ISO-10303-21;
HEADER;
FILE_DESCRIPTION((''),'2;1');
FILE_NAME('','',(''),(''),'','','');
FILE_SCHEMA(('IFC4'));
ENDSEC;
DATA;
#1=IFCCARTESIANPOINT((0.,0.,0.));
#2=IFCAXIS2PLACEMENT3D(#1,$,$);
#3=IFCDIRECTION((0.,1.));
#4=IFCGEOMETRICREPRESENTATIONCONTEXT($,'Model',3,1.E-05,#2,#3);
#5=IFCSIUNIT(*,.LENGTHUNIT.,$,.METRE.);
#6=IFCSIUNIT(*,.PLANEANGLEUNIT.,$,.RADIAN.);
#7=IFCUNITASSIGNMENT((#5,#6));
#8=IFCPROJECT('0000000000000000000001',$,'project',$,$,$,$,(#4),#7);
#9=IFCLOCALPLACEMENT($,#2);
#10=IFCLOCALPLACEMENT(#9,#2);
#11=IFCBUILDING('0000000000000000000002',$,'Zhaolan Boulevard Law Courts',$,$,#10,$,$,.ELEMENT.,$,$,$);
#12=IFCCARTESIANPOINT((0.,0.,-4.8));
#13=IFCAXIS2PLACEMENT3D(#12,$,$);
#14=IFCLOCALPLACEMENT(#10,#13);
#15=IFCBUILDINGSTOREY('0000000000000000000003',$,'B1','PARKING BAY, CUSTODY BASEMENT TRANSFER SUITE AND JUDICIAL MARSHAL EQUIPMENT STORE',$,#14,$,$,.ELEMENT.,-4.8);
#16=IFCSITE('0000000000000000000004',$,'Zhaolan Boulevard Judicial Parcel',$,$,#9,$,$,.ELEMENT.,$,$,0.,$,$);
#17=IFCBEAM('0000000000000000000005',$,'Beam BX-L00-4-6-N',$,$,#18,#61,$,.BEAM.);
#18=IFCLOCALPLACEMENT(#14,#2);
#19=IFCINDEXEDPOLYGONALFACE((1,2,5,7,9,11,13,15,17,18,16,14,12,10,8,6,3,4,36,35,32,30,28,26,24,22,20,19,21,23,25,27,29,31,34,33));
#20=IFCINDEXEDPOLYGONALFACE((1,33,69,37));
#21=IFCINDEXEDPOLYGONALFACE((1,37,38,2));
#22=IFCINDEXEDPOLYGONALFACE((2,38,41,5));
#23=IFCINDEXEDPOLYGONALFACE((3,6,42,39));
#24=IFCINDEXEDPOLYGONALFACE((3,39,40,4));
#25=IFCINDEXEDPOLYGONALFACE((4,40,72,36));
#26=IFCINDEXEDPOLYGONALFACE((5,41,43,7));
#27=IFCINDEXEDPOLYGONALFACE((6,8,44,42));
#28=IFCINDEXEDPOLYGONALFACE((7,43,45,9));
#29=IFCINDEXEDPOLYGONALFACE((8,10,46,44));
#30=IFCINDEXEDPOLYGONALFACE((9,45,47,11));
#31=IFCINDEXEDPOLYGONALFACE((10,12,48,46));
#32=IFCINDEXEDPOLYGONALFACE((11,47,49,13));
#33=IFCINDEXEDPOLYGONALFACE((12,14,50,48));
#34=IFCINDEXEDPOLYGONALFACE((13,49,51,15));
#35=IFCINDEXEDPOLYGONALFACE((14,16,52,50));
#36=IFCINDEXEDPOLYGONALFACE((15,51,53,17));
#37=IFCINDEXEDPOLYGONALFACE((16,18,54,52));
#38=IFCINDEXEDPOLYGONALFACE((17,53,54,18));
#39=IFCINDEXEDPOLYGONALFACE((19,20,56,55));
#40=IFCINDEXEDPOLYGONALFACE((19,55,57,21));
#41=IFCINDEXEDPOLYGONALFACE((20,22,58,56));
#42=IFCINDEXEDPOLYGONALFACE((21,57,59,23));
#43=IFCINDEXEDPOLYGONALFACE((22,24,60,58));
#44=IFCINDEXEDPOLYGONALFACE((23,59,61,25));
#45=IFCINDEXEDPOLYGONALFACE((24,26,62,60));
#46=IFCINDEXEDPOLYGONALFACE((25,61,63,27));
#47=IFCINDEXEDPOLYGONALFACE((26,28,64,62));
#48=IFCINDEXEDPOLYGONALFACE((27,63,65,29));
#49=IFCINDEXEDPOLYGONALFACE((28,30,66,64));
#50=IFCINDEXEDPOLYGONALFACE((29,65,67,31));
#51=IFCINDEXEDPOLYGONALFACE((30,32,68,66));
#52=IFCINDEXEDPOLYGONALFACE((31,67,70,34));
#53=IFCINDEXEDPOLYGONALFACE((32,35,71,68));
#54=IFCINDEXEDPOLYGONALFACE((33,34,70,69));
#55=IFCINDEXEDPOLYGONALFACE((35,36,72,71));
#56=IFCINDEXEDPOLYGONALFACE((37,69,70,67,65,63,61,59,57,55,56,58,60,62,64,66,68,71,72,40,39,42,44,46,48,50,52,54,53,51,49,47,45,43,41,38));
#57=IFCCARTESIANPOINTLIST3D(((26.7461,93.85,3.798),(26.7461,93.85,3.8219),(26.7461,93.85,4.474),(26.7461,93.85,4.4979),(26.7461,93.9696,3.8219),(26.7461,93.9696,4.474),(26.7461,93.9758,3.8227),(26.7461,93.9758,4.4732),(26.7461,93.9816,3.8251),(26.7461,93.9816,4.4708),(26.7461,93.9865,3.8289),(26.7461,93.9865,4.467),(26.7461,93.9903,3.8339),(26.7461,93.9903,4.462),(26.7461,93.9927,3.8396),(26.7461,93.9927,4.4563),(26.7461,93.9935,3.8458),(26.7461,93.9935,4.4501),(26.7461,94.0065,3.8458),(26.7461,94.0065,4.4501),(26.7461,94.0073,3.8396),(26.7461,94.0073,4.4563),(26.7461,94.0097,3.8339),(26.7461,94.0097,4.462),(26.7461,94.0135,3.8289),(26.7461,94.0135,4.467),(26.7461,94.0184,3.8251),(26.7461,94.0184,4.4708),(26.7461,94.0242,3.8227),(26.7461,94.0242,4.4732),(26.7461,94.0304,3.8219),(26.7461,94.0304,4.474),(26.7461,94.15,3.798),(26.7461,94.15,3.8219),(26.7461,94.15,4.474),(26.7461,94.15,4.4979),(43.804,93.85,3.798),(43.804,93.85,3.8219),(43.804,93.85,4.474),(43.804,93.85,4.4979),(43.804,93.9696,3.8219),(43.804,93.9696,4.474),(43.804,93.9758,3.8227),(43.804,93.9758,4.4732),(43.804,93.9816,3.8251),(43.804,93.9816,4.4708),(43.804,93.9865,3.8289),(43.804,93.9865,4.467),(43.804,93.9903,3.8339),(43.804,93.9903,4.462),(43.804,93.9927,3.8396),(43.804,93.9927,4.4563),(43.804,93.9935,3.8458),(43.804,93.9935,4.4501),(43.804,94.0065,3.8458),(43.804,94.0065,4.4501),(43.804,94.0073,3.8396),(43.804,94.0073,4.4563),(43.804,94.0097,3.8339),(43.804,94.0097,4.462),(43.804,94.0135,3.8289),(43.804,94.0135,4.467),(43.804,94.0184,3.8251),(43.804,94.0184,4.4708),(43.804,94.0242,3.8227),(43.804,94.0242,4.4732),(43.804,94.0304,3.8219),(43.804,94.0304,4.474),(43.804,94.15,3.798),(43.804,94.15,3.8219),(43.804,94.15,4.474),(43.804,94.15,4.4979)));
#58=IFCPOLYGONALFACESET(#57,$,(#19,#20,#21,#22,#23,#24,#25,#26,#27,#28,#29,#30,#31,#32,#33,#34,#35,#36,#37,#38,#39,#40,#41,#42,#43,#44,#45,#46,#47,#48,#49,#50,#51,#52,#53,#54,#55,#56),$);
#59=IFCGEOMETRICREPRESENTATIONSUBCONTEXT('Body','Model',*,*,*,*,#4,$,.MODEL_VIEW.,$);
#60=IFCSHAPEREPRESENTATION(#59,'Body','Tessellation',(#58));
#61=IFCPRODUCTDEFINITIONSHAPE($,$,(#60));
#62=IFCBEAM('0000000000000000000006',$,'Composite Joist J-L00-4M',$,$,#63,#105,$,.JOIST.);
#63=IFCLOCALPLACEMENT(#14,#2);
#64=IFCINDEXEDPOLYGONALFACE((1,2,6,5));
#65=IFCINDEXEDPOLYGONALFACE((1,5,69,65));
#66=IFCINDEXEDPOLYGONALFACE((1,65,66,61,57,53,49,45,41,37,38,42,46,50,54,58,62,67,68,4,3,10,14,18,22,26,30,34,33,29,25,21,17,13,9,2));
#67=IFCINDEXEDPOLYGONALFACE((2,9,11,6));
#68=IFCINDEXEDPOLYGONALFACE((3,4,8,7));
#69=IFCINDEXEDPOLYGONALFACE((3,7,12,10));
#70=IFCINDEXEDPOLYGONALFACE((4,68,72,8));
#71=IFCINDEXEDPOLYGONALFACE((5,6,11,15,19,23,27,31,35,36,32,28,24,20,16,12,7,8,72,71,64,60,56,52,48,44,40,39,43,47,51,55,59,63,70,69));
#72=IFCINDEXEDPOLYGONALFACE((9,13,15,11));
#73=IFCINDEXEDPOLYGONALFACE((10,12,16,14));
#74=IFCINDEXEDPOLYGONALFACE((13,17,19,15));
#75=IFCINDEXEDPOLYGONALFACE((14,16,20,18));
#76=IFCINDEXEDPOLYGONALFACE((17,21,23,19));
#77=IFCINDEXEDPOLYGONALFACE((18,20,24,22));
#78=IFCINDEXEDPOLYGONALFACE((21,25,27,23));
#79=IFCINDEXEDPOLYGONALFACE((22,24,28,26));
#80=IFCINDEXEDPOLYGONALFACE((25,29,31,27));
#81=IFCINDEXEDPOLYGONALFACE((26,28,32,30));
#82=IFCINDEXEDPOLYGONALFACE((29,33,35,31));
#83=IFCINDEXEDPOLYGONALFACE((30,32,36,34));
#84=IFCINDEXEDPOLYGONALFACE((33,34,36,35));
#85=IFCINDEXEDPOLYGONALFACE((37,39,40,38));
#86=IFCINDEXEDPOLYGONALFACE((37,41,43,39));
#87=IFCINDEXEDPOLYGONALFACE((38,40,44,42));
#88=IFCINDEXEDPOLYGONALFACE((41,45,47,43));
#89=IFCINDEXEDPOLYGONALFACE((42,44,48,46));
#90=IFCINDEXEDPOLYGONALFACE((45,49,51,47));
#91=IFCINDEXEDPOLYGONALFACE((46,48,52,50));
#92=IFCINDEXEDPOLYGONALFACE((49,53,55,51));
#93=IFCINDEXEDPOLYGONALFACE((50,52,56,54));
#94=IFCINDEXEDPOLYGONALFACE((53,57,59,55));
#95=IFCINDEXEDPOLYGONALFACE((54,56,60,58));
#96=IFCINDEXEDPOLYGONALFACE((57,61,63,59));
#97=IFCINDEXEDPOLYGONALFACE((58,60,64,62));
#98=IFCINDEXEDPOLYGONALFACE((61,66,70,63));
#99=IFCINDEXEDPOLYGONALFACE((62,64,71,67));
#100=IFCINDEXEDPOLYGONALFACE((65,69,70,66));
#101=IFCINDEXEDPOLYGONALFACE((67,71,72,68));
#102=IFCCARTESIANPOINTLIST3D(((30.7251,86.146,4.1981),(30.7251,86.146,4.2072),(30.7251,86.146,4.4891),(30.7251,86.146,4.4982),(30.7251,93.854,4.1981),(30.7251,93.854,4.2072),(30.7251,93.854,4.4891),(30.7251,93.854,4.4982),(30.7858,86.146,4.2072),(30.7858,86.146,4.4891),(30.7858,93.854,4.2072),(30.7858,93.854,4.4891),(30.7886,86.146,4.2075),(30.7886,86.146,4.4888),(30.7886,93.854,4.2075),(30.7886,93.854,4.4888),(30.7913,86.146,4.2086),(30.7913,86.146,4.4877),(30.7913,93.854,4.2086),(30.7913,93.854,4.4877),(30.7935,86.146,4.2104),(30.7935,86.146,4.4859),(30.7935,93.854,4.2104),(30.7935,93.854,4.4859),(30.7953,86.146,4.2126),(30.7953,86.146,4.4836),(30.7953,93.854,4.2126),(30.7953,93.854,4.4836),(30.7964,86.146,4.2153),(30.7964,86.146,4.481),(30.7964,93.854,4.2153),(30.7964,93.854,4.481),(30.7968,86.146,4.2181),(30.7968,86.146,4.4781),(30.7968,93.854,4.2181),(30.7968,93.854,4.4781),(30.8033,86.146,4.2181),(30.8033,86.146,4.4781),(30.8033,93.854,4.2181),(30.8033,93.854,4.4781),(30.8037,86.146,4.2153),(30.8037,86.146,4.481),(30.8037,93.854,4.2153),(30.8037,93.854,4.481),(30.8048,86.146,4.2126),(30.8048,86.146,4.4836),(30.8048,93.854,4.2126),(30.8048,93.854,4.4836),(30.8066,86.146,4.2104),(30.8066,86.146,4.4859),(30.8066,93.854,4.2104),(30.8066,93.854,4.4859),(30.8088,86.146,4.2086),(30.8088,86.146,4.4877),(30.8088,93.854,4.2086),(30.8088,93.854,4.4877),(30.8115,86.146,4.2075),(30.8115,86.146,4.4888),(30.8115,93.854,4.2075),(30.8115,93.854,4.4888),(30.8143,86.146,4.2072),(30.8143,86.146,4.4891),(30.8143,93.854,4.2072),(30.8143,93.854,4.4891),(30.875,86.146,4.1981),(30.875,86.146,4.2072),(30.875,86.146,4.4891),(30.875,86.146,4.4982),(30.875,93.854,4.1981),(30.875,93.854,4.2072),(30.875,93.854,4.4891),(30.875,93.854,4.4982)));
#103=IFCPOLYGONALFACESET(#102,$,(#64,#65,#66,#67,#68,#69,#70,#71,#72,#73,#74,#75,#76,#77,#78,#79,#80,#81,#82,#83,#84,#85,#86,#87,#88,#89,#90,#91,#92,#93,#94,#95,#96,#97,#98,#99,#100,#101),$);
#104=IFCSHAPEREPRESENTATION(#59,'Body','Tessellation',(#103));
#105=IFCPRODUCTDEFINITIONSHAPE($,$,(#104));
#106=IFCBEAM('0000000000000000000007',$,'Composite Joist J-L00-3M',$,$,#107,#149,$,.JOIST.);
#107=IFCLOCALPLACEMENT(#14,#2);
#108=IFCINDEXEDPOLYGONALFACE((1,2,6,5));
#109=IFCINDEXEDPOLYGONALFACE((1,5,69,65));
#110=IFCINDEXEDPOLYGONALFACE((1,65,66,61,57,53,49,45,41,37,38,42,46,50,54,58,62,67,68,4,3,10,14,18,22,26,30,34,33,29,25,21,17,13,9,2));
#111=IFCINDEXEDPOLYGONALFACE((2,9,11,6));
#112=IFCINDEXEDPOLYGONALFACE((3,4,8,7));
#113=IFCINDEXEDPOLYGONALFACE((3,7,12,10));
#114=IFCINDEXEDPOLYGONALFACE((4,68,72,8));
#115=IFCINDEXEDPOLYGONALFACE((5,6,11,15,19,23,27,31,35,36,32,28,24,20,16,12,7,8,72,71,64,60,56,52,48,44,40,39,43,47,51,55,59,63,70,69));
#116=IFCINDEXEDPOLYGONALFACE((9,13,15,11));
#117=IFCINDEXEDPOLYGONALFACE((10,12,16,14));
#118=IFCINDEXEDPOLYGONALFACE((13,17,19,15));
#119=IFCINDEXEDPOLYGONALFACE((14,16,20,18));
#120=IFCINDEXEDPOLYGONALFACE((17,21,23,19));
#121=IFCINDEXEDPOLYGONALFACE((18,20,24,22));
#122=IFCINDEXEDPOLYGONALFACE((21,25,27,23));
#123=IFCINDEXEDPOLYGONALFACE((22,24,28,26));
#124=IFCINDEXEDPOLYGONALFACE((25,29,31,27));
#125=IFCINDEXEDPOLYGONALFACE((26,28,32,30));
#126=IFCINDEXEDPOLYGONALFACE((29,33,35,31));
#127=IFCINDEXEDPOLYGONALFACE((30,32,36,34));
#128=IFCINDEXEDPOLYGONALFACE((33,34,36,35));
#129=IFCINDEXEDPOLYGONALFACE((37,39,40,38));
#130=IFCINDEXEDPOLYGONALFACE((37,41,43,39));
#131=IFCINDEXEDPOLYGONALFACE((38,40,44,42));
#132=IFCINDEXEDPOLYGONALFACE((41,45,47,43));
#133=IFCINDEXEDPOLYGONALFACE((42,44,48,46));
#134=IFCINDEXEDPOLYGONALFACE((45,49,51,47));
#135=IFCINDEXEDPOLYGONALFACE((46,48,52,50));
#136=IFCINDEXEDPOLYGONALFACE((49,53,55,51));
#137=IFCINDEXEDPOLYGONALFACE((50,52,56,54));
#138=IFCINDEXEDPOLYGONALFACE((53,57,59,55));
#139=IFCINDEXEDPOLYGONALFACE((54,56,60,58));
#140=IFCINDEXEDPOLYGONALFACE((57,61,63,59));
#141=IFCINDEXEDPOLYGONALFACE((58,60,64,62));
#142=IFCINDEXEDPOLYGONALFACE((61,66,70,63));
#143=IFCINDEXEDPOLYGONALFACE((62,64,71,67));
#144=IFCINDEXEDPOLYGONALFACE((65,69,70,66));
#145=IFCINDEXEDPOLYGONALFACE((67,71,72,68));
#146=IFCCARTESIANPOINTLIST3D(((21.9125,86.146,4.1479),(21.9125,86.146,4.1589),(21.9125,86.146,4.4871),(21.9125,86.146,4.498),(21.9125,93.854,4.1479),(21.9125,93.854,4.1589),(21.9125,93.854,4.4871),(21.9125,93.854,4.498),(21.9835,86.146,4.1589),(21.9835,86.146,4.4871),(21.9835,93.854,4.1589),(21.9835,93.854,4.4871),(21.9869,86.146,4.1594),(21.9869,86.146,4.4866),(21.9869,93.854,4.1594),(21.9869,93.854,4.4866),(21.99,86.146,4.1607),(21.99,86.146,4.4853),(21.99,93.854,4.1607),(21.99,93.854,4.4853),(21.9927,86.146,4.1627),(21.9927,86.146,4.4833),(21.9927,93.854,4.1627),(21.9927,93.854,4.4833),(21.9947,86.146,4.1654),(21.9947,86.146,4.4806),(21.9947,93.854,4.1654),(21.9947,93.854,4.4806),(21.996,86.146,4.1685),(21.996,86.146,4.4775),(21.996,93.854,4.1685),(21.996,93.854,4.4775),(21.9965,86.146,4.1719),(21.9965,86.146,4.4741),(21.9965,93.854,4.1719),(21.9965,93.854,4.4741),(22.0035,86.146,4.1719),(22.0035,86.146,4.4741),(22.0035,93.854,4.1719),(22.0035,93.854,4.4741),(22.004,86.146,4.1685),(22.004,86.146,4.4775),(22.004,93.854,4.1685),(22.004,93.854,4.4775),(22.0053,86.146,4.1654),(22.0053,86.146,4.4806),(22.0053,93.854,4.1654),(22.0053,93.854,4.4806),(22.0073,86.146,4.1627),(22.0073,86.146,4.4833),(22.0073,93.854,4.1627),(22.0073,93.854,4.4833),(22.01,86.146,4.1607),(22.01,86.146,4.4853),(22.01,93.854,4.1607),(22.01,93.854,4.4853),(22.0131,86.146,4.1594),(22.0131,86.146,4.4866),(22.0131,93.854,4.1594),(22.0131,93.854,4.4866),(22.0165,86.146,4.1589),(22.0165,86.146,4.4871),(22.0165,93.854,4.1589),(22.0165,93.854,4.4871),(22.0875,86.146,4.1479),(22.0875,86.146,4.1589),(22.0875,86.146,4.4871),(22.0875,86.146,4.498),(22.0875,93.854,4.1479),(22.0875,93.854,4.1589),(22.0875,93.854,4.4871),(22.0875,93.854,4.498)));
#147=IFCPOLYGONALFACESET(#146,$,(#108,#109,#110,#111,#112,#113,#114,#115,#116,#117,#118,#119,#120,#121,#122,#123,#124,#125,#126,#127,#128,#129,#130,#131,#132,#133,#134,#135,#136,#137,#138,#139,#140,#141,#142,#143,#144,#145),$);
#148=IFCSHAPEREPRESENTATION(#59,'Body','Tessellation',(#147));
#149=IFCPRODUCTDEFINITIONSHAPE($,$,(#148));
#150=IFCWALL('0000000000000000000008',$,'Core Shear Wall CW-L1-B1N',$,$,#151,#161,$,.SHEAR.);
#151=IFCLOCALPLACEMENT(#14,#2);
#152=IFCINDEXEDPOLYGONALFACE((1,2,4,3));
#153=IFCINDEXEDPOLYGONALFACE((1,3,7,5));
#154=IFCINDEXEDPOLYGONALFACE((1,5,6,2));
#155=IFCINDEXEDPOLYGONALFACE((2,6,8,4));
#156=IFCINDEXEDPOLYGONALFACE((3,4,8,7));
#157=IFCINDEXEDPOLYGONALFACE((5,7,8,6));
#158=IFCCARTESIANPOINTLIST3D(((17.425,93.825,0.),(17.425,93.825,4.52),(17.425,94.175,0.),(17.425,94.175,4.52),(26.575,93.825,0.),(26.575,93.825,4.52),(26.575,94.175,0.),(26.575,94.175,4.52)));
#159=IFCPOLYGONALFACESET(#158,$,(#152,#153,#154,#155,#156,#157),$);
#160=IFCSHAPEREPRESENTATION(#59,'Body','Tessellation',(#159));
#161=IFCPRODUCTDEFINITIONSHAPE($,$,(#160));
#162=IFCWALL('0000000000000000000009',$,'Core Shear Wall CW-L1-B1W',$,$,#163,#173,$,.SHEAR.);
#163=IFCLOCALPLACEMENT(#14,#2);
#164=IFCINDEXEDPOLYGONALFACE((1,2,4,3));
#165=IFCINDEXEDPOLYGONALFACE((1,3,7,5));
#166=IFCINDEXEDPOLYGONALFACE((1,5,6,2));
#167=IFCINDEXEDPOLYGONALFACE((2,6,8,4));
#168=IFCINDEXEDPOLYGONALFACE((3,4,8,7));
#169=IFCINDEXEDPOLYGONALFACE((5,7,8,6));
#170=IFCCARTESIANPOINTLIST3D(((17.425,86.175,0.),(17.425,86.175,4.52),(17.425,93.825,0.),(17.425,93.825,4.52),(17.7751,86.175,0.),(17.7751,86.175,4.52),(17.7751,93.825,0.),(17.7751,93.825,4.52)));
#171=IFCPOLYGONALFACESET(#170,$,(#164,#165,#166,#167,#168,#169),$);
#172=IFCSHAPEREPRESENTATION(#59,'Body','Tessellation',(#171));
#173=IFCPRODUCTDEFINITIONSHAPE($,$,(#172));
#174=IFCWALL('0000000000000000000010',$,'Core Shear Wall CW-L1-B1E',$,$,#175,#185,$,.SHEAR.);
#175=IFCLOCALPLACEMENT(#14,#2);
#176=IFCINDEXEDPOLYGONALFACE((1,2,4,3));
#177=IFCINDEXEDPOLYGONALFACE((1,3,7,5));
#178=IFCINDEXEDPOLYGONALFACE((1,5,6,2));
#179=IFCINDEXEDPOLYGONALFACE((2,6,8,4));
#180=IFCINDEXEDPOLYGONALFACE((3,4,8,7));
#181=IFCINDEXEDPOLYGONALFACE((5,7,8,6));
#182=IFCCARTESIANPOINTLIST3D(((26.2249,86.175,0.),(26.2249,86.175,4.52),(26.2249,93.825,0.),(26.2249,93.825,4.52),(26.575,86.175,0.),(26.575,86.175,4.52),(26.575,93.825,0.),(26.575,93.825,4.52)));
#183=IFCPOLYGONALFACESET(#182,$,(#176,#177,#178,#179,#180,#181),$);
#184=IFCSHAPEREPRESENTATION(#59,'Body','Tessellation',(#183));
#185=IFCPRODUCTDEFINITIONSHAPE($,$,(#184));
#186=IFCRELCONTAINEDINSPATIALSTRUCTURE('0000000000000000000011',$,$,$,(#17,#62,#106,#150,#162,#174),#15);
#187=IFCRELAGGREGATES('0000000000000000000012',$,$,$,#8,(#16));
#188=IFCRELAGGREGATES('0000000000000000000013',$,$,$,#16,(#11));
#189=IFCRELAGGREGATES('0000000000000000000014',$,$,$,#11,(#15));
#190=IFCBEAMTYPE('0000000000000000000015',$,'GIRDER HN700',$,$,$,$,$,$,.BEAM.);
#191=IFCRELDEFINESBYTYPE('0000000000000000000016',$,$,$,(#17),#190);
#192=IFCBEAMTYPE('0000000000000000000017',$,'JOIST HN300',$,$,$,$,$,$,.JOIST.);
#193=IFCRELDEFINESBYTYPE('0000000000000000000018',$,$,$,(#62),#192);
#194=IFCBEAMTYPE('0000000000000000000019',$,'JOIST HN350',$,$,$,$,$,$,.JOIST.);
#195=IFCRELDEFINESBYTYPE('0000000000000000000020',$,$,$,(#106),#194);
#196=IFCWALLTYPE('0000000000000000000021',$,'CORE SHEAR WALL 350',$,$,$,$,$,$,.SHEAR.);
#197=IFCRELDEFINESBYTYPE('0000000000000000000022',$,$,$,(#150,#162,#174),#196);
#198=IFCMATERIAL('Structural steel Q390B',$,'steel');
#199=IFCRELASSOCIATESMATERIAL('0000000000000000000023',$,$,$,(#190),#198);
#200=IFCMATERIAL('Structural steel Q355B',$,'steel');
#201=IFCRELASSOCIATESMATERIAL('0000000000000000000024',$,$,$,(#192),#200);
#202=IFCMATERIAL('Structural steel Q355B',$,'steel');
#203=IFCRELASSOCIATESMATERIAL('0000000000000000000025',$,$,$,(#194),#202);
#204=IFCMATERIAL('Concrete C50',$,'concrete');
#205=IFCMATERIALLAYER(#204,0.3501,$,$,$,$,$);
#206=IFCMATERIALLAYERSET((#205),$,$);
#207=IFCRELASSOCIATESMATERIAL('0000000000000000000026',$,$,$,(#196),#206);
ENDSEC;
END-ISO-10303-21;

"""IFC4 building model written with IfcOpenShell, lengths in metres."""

from ifc_helpers import new_model, si_unit, direction, frame, frame_2d, origin, origin_2d, place, context, subcontext, project, spatial, rectangle, i_section, extrude, material, layer, layer_set, material_profile, profile_set, type_object, element, save


model = new_model("IFC4")

# Units and contexts
model_context = context("Model", 3, precision=1e-05, world=origin(), true_north=direction((0.0, 1.0)))
body_context = subcontext(model_context, "Body", "Model", "MODEL_VIEW")
ifc_project = project(units=[si_unit("LENGTHUNIT", "METRE"), si_unit("PLANEANGLEUNIT", "RADIAN")], contexts=[model_context])

# Site, building, storey
site_placement = place(None, origin())
site = spatial("IfcSite", under=ifc_project, at=site_placement, Name="Zhaolan Boulevard Judicial Parcel", CompositionType="ELEMENT", RefElevation=0.0)
building_placement = place(site_placement, origin())
building = spatial("IfcBuilding", under=site, at=building_placement, Name="Zhaolan Boulevard Law Courts", CompositionType="ELEMENT")
storey_placement = place(building_placement, frame((0.0, 0.0, -4.8)))
storey = spatial("IfcBuildingStorey", under=building, at=storey_placement, Name="B1", Description="PARKING BAY, CUSTODY BASEMENT TRANSFER SUITE AND JUDICIAL MARSHAL EQUIPMENT STORE", CompositionType="ELEMENT", Elevation=-4.8)

# Beams
ifc_material_1 = material(Name="Structural steel Q390B", Category="steel")
ifc_material_profile_1 = material_profile(ifc_material_1, i_section(OverallWidth=0.3, OverallDepth=0.7, WebThickness=0.0129, FlangeThickness=0.0239, FilletRadius=0.0239, at=origin_2d()), Name="HN700x300")
ifc_profile_set_1 = profile_set([ifc_material_profile_1], Name="Structural steel Q390B")
beam_type_1 = type_object("IfcBeamType", Name="GIRDER HN700", PredefinedType="BEAM", material=ifc_profile_set_1)
beam_1_placement = place(storey_placement, frame((26.7461, 94.0, 4.1479), z_axis=(1.0, 0.0, 0.0), x_axis=(0.0, 1.0, 0.0)))
element("IfcBeam", 1, at=beam_1_placement, inside=storey, type_object=beam_type_1, Name="Beam BX-L00-4-6-N", PredefinedType="BEAM", context=body_context, shape_type="SweptSolid", body=[
    extrude(i_section(OverallWidth=0.3, OverallDepth=0.7, WebThickness=0.0129, FlangeThickness=0.0239, FilletRadius=0.0239, at=origin_2d()), origin(), (0.0, 0.0, 1.0), 17.0579),
])
ifc_material_2 = material(Name="Structural steel Q355B", Category="steel")
ifc_material_profile_2 = material_profile(ifc_material_2, i_section(OverallWidth=0.1499, OverallDepth=0.3, WebThickness=0.0066, FlangeThickness=0.009, FilletRadius=0.011, at=origin_2d()), Name="HN300x150")
ifc_profile_set_2 = profile_set([ifc_material_profile_2], Name="Structural steel Q355B")
beam_type_2 = type_object("IfcBeamType", Name="JOIST HN300", PredefinedType="JOIST", material=ifc_profile_set_2)
beam_2_placement = place(storey_placement, frame((30.8, 86.146, 4.3481), z_axis=(0.0, 1.0, 0.0), x_axis=(-1.0, 0.0, 0.0)))
element("IfcBeam", 2, at=beam_2_placement, inside=storey, type_object=beam_type_2, Name="Composite Joist J-L00-4M", PredefinedType="JOIST", context=body_context, shape_type="SweptSolid", body=[
    extrude(i_section(OverallWidth=0.1499, OverallDepth=0.3, WebThickness=0.0066, FlangeThickness=0.009, FilletRadius=0.011, at=origin_2d()), origin(), (0.0, 0.0, 1.0), 7.708),
])
ifc_material_3 = material(Name="Structural steel Q355B", Category="steel")
ifc_material_profile_3 = material_profile(ifc_material_3, i_section(OverallWidth=0.175, OverallDepth=0.3501, WebThickness=0.0071, FlangeThickness=0.011, FilletRadius=0.0129, at=origin_2d()), Name="HN350x175")
ifc_profile_set_3 = profile_set([ifc_material_profile_3], Name="Structural steel Q355B")
beam_type_3 = type_object("IfcBeamType", Name="JOIST HN350", PredefinedType="JOIST", material=ifc_profile_set_3)
beam_3_placement = place(storey_placement, frame((22.0, 86.146, 4.323), z_axis=(0.0, 1.0, 0.0), x_axis=(-1.0, 0.0, 0.0)))
element("IfcBeam", 3, at=beam_3_placement, inside=storey, type_object=beam_type_3, Name="Composite Joist J-L00-3M", PredefinedType="JOIST", context=body_context, shape_type="SweptSolid", body=[
    extrude(i_section(OverallWidth=0.175, OverallDepth=0.3501, WebThickness=0.0071, FlangeThickness=0.011, FilletRadius=0.0129, at=origin_2d()), origin(), (0.0, 0.0, 1.0), 7.708),
])

# Walls
ifc_material_4 = material(Name="Concrete C50", Category="concrete")
ifc_layer_1 = layer(ifc_material_4, 0.3501)
ifc_layer_set_1 = layer_set([ifc_layer_1])
wall_type_1 = type_object("IfcWallType", Name="CORE SHEAR WALL 350", PredefinedType="SHEAR", material=ifc_layer_set_1)
wall_1_placement = place(storey_placement, frame((26.575, 94.0, 0.0), z_axis=(0.0, 0.0, 1.0), x_axis=(-1.0, 0.0, 0.0)))
element("IfcWall", 4, at=wall_1_placement, inside=storey, type_object=wall_type_1, Name="Core Shear Wall CW-L1-B1N", PredefinedType="SHEAR", context=body_context, shape_type="SweptSolid", body=[
    extrude(rectangle(XDim=9.1499, YDim=0.3501, at=frame_2d((4.575, 0.0))), origin(), (0.0, 0.0, 1.0), 4.52),
])
for number, where, z_axis, x_axis, name in (
    (5, (17.6001, 86.175, 0.0), (0.0, 0.0, 1.0), (0.0, 1.0, 0.0), "Core Shear Wall CW-L1-B1W"),
    (6, (26.3999, 86.175, 0.0), (0.0, 0.0, 1.0), (0.0, 1.0, 0.0), "Core Shear Wall CW-L1-B1E"),
):
    element("IfcWall", number, at=place(storey_placement, frame(where, z_axis=z_axis, x_axis=x_axis)), inside=storey, type_object=wall_type_1, Name=name, PredefinedType="SHEAR", context=body_context, shape_type="SweptSolid", body=[
        extrude(rectangle(XDim=7.6499, YDim=0.3501, at=frame_2d((3.825, 0.0))), origin(), (0.0, 0.0, 1.0), 4.52),
    ])

save(model, "model.ifc")
